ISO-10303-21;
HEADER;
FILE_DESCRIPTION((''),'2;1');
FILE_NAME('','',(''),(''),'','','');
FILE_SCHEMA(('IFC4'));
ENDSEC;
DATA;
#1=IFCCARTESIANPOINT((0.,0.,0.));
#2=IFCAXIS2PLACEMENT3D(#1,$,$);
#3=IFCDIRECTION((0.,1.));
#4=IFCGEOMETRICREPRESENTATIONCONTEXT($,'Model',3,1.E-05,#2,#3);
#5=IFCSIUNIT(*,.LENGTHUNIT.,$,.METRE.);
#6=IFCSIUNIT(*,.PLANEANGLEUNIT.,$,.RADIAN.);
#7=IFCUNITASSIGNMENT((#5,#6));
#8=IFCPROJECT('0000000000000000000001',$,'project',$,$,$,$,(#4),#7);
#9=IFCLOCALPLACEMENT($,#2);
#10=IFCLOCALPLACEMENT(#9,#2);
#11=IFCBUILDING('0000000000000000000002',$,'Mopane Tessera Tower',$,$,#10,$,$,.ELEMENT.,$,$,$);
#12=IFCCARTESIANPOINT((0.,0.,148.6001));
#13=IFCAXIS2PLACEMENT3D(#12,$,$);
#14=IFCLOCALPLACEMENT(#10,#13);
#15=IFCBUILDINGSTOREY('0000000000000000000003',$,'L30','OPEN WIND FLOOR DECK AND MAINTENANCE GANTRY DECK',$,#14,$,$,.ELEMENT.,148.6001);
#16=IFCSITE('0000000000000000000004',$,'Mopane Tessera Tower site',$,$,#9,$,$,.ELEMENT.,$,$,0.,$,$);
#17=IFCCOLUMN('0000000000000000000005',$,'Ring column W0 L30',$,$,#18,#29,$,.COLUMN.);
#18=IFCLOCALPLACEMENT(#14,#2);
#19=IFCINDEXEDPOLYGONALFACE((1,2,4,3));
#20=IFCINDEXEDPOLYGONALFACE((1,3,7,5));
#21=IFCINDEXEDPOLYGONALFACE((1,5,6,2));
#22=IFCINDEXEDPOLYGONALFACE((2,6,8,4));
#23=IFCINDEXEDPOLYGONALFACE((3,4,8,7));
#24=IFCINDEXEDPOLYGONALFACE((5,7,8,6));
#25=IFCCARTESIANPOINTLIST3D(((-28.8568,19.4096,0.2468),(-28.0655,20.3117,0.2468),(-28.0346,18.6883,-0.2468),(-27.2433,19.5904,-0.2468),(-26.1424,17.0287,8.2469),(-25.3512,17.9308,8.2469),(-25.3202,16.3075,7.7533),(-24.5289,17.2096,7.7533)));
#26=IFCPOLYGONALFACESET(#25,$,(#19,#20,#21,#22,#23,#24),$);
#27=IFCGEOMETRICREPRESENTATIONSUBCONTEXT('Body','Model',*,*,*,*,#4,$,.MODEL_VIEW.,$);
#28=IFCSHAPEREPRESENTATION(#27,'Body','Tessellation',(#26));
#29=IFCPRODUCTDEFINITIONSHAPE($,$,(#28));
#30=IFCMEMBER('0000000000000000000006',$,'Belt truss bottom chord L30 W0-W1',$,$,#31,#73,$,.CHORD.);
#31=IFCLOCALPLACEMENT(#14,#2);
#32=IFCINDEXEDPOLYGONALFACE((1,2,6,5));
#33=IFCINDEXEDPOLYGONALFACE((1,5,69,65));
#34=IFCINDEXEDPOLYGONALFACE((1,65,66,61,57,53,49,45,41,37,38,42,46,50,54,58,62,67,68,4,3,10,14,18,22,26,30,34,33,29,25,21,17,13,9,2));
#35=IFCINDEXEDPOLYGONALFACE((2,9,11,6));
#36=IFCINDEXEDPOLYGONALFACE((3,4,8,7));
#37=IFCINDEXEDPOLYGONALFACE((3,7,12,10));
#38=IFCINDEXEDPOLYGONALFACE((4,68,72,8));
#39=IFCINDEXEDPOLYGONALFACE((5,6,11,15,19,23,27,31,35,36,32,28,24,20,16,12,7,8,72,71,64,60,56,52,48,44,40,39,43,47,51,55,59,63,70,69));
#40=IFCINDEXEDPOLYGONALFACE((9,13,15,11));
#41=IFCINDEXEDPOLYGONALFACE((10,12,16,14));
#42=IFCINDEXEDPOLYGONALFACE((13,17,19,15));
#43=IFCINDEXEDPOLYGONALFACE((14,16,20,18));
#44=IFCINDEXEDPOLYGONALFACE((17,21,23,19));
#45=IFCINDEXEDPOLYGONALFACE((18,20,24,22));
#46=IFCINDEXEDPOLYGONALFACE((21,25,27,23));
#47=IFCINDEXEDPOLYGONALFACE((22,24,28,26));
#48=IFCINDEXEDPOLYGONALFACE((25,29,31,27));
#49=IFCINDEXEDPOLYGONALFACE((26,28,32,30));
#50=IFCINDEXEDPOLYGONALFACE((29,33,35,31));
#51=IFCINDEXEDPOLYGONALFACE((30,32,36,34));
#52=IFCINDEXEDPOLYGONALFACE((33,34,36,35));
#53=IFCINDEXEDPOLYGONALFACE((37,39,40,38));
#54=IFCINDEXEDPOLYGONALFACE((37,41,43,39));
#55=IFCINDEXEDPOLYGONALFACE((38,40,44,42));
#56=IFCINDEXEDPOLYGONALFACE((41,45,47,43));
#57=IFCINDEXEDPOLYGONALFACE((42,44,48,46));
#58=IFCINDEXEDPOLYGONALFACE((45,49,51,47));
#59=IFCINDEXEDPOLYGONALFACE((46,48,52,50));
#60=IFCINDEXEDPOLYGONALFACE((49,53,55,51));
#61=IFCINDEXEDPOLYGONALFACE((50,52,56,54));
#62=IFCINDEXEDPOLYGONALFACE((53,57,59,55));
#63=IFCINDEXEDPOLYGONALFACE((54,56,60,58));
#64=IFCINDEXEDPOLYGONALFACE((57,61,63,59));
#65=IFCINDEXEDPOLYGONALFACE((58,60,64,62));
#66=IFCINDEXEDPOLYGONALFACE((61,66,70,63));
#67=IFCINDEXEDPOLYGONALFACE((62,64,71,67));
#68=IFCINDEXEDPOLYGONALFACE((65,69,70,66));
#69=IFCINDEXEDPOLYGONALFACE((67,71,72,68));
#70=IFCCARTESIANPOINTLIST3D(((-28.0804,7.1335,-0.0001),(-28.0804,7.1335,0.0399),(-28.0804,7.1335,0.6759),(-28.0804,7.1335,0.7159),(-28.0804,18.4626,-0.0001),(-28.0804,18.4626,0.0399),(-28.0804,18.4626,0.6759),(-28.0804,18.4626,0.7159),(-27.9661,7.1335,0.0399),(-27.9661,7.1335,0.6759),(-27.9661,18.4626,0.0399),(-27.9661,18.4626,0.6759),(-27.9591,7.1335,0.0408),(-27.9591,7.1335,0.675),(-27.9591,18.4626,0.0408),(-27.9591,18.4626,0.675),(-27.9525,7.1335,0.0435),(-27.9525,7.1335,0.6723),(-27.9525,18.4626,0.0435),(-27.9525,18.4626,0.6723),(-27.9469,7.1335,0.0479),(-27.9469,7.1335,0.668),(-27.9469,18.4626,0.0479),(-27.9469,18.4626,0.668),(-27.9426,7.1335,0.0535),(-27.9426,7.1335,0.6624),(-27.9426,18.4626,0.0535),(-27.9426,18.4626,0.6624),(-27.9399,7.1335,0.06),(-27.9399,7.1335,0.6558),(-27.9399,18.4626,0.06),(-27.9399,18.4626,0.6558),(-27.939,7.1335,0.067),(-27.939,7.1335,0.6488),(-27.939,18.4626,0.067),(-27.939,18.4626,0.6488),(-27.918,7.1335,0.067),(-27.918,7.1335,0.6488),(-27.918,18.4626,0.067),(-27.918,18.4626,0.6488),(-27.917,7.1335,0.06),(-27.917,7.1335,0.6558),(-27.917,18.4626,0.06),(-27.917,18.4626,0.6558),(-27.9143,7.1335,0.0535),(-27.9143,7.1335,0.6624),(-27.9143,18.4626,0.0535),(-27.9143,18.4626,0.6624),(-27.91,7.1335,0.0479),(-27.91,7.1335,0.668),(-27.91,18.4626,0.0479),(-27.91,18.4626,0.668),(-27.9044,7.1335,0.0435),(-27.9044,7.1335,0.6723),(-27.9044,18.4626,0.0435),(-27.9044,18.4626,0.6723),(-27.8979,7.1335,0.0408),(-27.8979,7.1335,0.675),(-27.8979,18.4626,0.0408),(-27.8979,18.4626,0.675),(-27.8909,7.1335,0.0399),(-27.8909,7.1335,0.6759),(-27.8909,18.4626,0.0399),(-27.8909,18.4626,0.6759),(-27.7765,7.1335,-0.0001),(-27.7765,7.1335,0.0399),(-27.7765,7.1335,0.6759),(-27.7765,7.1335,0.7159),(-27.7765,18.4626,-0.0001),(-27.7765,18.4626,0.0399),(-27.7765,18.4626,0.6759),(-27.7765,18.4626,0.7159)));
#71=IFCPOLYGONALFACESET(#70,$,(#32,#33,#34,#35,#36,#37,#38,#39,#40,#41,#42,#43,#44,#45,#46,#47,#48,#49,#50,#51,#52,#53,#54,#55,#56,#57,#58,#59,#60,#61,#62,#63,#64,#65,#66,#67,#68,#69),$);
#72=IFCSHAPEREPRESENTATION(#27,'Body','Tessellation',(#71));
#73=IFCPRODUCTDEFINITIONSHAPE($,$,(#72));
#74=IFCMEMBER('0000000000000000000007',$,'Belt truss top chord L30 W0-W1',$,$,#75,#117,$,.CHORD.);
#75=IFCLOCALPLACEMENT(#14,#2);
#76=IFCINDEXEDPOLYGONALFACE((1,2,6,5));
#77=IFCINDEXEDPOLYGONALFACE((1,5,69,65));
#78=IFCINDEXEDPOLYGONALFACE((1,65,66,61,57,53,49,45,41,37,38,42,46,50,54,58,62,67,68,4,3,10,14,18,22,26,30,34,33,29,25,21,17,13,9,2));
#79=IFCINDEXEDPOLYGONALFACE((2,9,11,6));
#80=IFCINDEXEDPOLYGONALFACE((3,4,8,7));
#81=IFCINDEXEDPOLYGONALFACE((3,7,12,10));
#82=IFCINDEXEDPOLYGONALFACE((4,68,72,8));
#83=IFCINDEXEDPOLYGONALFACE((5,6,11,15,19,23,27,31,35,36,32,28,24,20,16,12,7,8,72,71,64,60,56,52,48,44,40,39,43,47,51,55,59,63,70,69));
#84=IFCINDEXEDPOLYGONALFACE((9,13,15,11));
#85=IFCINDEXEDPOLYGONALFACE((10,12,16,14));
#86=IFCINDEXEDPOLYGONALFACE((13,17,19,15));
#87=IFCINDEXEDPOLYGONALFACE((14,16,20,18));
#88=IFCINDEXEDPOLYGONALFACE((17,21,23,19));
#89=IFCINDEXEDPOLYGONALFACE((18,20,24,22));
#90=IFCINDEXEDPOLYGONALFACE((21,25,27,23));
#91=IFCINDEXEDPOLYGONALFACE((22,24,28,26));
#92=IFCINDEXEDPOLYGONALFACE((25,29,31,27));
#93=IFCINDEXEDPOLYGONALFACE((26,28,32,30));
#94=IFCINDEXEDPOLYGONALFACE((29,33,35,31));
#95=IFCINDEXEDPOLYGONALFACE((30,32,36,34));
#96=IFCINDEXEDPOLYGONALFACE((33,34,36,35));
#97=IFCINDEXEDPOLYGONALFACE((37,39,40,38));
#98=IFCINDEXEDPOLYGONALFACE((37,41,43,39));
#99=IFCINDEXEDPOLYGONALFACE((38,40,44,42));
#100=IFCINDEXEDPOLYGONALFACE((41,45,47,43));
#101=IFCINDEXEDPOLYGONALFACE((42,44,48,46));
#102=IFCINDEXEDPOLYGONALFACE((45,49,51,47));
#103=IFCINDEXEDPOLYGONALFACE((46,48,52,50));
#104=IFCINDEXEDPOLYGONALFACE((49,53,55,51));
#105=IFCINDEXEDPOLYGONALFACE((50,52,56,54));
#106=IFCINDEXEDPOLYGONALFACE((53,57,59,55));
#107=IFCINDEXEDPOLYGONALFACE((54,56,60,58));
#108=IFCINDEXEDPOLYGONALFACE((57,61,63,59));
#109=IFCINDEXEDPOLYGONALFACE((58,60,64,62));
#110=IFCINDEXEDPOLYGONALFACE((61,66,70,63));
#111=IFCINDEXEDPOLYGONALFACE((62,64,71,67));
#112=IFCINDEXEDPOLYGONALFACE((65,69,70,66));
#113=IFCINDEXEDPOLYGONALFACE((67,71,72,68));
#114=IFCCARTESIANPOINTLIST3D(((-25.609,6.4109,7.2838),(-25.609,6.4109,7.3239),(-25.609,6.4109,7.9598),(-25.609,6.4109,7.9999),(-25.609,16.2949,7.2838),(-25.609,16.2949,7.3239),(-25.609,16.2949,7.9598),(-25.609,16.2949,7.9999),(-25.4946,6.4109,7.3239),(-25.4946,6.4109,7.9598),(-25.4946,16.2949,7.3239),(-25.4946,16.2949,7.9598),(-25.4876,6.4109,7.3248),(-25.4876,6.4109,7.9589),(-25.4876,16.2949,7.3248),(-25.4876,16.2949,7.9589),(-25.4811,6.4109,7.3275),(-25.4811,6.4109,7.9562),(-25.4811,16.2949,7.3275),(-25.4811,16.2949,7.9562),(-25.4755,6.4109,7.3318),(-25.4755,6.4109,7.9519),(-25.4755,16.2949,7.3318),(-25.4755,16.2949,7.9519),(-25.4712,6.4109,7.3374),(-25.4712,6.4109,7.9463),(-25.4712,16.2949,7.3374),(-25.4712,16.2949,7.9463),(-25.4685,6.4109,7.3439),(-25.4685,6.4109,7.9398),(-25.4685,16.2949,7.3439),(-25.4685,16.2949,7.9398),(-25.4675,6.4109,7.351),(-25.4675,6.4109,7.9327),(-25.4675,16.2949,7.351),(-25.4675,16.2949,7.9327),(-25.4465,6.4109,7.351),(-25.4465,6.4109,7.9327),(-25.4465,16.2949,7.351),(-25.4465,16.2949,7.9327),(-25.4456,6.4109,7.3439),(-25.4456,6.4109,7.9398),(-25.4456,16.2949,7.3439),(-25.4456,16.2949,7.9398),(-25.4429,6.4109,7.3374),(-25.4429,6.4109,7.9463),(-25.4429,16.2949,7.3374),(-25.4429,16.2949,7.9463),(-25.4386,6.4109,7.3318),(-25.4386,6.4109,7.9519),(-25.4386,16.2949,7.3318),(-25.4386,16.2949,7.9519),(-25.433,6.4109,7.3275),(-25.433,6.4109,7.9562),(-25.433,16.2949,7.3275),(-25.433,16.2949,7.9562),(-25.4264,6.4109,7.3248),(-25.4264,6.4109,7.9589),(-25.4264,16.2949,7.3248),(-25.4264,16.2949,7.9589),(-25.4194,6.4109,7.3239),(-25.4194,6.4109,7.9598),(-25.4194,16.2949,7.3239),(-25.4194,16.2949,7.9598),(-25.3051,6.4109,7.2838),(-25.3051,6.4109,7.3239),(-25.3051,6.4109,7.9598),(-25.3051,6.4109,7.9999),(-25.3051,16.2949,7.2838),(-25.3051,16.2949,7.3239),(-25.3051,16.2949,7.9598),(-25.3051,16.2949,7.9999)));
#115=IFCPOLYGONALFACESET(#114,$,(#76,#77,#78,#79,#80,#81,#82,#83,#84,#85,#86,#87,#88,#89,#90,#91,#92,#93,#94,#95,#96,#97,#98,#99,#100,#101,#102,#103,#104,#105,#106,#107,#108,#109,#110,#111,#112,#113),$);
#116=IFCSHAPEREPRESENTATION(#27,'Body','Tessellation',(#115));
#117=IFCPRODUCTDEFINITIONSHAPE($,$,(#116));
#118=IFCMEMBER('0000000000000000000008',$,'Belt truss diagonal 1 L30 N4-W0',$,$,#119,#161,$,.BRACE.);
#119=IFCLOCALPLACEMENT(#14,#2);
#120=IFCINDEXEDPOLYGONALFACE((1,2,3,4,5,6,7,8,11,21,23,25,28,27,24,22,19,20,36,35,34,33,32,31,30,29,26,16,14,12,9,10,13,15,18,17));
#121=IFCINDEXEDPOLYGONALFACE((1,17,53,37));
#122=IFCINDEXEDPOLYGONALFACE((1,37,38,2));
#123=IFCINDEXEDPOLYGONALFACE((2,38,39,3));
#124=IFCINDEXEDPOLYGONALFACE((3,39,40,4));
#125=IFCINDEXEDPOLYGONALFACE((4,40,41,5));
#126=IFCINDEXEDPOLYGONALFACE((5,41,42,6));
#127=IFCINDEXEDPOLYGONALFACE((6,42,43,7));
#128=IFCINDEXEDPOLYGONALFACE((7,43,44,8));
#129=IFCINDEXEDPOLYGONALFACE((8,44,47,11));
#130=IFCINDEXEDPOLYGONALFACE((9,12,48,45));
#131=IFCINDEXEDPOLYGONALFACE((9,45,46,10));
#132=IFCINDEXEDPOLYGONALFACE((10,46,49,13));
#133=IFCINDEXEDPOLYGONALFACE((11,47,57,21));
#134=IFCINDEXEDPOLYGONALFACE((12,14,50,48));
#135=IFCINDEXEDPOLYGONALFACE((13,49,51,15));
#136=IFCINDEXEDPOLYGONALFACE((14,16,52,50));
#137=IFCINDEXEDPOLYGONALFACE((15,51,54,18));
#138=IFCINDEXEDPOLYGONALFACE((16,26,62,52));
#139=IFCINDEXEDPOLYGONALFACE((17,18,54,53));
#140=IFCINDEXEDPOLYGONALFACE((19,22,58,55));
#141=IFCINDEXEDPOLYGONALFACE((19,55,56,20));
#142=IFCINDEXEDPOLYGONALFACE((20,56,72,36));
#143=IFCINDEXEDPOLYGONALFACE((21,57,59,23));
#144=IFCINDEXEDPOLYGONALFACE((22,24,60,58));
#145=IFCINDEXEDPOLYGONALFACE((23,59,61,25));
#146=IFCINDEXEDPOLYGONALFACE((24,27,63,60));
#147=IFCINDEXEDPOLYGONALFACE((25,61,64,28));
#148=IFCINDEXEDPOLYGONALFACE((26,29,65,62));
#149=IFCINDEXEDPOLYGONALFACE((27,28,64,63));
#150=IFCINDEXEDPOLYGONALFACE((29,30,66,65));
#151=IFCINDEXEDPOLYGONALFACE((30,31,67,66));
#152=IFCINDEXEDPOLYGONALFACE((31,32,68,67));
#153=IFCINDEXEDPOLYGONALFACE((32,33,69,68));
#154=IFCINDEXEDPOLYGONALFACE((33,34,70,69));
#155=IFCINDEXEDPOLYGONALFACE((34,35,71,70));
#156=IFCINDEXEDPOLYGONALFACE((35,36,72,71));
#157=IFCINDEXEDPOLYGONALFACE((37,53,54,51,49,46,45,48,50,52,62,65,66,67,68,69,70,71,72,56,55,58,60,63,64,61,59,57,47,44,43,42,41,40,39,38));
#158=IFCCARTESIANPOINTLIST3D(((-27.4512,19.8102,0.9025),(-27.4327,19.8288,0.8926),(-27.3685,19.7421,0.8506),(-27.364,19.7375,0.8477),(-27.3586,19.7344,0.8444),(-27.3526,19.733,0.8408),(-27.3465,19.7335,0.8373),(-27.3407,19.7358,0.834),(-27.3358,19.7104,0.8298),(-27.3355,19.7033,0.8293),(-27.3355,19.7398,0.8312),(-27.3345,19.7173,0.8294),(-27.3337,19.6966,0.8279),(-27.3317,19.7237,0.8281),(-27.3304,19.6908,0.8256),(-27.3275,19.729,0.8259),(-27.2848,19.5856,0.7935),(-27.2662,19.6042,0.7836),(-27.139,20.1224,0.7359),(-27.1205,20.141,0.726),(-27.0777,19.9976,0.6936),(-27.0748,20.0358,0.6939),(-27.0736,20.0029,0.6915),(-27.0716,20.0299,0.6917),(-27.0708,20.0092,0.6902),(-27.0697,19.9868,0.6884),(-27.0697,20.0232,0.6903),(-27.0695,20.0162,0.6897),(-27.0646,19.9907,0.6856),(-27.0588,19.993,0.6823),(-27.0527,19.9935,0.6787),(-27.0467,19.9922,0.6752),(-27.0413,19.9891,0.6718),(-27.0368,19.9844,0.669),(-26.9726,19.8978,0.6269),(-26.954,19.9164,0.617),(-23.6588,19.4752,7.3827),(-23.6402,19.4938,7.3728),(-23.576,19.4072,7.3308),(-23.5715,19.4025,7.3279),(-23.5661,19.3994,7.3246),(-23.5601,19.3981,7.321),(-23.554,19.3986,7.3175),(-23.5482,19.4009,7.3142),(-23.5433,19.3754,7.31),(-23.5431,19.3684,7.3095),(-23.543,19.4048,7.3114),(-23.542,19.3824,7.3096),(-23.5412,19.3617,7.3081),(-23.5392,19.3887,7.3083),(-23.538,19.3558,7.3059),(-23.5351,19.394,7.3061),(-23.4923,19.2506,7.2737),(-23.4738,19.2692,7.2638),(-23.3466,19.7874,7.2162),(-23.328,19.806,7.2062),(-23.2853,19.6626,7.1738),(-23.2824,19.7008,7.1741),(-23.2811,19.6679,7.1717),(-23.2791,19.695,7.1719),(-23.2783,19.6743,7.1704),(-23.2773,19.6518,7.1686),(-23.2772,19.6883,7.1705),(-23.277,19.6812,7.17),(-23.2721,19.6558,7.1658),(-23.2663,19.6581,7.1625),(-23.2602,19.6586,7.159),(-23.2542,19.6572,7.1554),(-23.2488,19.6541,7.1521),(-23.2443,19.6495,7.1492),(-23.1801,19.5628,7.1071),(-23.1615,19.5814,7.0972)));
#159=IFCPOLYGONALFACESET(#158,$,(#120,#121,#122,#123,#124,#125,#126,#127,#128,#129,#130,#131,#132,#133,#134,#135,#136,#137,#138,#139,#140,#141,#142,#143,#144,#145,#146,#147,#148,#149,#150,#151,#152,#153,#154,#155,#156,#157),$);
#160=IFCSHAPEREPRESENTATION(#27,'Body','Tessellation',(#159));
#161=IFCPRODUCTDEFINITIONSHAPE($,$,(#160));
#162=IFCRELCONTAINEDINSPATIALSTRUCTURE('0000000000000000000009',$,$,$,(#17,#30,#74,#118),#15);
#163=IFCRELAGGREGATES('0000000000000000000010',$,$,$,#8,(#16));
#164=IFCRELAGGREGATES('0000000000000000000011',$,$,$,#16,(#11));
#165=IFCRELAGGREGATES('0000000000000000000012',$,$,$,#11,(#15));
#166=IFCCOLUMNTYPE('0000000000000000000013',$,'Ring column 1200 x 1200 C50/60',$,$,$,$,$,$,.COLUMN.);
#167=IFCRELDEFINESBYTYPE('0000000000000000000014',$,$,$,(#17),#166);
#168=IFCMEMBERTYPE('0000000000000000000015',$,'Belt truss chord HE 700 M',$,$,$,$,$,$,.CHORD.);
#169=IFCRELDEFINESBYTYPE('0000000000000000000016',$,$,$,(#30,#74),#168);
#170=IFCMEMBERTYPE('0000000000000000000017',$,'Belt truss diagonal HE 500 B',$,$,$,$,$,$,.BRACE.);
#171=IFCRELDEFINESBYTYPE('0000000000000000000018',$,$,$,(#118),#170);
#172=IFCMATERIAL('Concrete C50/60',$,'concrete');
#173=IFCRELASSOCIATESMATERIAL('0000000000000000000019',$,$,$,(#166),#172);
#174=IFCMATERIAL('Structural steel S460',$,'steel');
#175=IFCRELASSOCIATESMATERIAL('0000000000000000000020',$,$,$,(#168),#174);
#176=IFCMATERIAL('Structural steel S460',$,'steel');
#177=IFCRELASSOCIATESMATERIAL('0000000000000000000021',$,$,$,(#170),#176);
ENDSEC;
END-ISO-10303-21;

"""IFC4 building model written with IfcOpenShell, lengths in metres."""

from ifc_helpers import new_model, si_unit, direction, frame, origin, origin_2d, place, context, subcontext, project, spatial, rectangle, i_section, extrude, material, material_profile, profile_set, type_object, element, save


model = new_model("IFC4")

# Units and contexts
model_context = context("Model", 3, precision=1e-05, world=origin(), true_north=direction((0.0, 1.0)))
body_context = subcontext(model_context, "Body", "Model", "MODEL_VIEW")
ifc_project = project(units=[si_unit("LENGTHUNIT", "METRE"), si_unit("PLANEANGLEUNIT", "RADIAN")], contexts=[model_context])

# Site, building, storey
site_placement = place(None, origin())
site = spatial("IfcSite", under=ifc_project, at=site_placement, Name="Mopane Tessera Tower site", CompositionType="ELEMENT", RefElevation=0.0)
building_placement = place(site_placement, origin())
building = spatial("IfcBuilding", under=site, at=building_placement, Name="Mopane Tessera Tower", CompositionType="ELEMENT")
storey_placement = place(building_placement, frame((0.0, 0.0, 148.6001)))
storey = spatial("IfcBuildingStorey", under=building, at=storey_placement, Name="L30", Description="OPEN WIND FLOOR DECK AND MAINTENANCE GANTRY DECK", CompositionType="ELEMENT", Elevation=148.6001)

# Column
ifc_material_1 = material(Name="Concrete C50/60", Category="concrete")
ifc_material_profile_1 = material_profile(ifc_material_1, rectangle(XDim=1.2, YDim=1.2, at=origin_2d()))
ifc_profile_set_1 = profile_set([ifc_material_profile_1], Name="Concrete C50/60")
column_type = type_object("IfcColumnType", Name="Ring column 1200 x 1200 C50/60", PredefinedType="COLUMN", material=ifc_profile_set_1)
column_placement = place(storey_placement, frame((-28.05, 19.5, 0.0), z_axis=(0.309257, -0.27126, 0.91147), x_axis=(0.659414, 0.75178, 0.0)))
element("IfcColumn", 1, at=column_placement, inside=storey, type_object=column_type, Name="Ring column W0 L30", PredefinedType="COLUMN", context=body_context, shape_type="SweptSolid", body=[
    extrude(rectangle(XDim=1.2, YDim=1.2, at=origin_2d()), origin(), (0.0, 0.0, 1.0), 8.7771),
])

# Members
ifc_material_2 = material(Name="Structural steel S460", Category="steel")
ifc_material_profile_2 = material_profile(ifc_material_2, i_section(OverallWidth=0.304, OverallDepth=0.7161, WebThickness=0.021, FlangeThickness=0.04, FilletRadius=0.0271, at=origin_2d()))
ifc_profile_set_2 = profile_set([ifc_material_profile_2], Name="Structural steel S460")
member_type_1 = type_object("IfcMemberType", Name="Belt truss chord HE 700 M", PredefinedType="CHORD", material=ifc_profile_set_2)
member_1_placement = place(storey_placement, frame((-27.9285, 18.4626, 0.3579), z_axis=(0.0, -1.0, 0.0), x_axis=(1.0, 0.0, 0.0)))
element("IfcMember", 2, at=member_1_placement, inside=storey, type_object=member_type_1, Name="Belt truss bottom chord L30 W0-W1", PredefinedType="CHORD", context=body_context, shape_type="SweptSolid", body=[
    extrude(i_section(OverallWidth=0.304, OverallDepth=0.7161, WebThickness=0.021, FlangeThickness=0.04, FilletRadius=0.0271, at=origin_2d()), origin(), (0.0, 0.0, 1.0), 11.3291),
])
member_2_placement = place(storey_placement, frame((-25.457, 16.2949, 7.6418), z_axis=(0.0, -1.0, 0.0), x_axis=(1.0, 0.0, 0.0)))
element("IfcMember", 3, at=member_2_placement, inside=storey, type_object=member_type_1, Name="Belt truss top chord L30 W0-W1", PredefinedType="CHORD", context=body_context, shape_type="SweptSolid", body=[
    extrude(i_section(OverallWidth=0.304, OverallDepth=0.7161, WebThickness=0.021, FlangeThickness=0.04, FilletRadius=0.0271, at=origin_2d()), origin(), (0.0, 0.0, 1.0), 9.884),
])
ifc_material_3 = material(Name="Structural steel S460", Category="steel")
ifc_material_profile_3 = material_profile(ifc_material_3, i_section(OverallWidth=0.3, OverallDepth=0.5, WebThickness=0.0144, FlangeThickness=0.0281, FilletRadius=0.0271, at=origin_2d()))
ifc_profile_set_3 = profile_set([ifc_material_profile_3], Name="Structural steel S460")
member_type_2 = type_object("IfcMemberType", Name="Belt truss diagonal HE 500 B", PredefinedType="BRACE", material=ifc_profile_set_3)
member_3_placement = place(storey_placement, frame((-23.4102, 19.5283, 7.24), z_axis=(-0.504596, 0.044567, -0.862205), x_axis=(0.554693, -0.748541, -0.36332)))
element("IfcMember", 4, at=member_3_placement, inside=storey, type_object=member_type_2, Name="Belt truss diagonal 1 L30 N4-W0", PredefinedType="BRACE", context=body_context, shape_type="SweptSolid", body=[
    extrude(i_section(OverallWidth=0.3, OverallDepth=0.5, WebThickness=0.0144, FlangeThickness=0.0281, FilletRadius=0.0271, at=origin_2d()), origin(), (0.0, 0.0, 1.0), 7.5159),
])

save(model, "model.ifc")
